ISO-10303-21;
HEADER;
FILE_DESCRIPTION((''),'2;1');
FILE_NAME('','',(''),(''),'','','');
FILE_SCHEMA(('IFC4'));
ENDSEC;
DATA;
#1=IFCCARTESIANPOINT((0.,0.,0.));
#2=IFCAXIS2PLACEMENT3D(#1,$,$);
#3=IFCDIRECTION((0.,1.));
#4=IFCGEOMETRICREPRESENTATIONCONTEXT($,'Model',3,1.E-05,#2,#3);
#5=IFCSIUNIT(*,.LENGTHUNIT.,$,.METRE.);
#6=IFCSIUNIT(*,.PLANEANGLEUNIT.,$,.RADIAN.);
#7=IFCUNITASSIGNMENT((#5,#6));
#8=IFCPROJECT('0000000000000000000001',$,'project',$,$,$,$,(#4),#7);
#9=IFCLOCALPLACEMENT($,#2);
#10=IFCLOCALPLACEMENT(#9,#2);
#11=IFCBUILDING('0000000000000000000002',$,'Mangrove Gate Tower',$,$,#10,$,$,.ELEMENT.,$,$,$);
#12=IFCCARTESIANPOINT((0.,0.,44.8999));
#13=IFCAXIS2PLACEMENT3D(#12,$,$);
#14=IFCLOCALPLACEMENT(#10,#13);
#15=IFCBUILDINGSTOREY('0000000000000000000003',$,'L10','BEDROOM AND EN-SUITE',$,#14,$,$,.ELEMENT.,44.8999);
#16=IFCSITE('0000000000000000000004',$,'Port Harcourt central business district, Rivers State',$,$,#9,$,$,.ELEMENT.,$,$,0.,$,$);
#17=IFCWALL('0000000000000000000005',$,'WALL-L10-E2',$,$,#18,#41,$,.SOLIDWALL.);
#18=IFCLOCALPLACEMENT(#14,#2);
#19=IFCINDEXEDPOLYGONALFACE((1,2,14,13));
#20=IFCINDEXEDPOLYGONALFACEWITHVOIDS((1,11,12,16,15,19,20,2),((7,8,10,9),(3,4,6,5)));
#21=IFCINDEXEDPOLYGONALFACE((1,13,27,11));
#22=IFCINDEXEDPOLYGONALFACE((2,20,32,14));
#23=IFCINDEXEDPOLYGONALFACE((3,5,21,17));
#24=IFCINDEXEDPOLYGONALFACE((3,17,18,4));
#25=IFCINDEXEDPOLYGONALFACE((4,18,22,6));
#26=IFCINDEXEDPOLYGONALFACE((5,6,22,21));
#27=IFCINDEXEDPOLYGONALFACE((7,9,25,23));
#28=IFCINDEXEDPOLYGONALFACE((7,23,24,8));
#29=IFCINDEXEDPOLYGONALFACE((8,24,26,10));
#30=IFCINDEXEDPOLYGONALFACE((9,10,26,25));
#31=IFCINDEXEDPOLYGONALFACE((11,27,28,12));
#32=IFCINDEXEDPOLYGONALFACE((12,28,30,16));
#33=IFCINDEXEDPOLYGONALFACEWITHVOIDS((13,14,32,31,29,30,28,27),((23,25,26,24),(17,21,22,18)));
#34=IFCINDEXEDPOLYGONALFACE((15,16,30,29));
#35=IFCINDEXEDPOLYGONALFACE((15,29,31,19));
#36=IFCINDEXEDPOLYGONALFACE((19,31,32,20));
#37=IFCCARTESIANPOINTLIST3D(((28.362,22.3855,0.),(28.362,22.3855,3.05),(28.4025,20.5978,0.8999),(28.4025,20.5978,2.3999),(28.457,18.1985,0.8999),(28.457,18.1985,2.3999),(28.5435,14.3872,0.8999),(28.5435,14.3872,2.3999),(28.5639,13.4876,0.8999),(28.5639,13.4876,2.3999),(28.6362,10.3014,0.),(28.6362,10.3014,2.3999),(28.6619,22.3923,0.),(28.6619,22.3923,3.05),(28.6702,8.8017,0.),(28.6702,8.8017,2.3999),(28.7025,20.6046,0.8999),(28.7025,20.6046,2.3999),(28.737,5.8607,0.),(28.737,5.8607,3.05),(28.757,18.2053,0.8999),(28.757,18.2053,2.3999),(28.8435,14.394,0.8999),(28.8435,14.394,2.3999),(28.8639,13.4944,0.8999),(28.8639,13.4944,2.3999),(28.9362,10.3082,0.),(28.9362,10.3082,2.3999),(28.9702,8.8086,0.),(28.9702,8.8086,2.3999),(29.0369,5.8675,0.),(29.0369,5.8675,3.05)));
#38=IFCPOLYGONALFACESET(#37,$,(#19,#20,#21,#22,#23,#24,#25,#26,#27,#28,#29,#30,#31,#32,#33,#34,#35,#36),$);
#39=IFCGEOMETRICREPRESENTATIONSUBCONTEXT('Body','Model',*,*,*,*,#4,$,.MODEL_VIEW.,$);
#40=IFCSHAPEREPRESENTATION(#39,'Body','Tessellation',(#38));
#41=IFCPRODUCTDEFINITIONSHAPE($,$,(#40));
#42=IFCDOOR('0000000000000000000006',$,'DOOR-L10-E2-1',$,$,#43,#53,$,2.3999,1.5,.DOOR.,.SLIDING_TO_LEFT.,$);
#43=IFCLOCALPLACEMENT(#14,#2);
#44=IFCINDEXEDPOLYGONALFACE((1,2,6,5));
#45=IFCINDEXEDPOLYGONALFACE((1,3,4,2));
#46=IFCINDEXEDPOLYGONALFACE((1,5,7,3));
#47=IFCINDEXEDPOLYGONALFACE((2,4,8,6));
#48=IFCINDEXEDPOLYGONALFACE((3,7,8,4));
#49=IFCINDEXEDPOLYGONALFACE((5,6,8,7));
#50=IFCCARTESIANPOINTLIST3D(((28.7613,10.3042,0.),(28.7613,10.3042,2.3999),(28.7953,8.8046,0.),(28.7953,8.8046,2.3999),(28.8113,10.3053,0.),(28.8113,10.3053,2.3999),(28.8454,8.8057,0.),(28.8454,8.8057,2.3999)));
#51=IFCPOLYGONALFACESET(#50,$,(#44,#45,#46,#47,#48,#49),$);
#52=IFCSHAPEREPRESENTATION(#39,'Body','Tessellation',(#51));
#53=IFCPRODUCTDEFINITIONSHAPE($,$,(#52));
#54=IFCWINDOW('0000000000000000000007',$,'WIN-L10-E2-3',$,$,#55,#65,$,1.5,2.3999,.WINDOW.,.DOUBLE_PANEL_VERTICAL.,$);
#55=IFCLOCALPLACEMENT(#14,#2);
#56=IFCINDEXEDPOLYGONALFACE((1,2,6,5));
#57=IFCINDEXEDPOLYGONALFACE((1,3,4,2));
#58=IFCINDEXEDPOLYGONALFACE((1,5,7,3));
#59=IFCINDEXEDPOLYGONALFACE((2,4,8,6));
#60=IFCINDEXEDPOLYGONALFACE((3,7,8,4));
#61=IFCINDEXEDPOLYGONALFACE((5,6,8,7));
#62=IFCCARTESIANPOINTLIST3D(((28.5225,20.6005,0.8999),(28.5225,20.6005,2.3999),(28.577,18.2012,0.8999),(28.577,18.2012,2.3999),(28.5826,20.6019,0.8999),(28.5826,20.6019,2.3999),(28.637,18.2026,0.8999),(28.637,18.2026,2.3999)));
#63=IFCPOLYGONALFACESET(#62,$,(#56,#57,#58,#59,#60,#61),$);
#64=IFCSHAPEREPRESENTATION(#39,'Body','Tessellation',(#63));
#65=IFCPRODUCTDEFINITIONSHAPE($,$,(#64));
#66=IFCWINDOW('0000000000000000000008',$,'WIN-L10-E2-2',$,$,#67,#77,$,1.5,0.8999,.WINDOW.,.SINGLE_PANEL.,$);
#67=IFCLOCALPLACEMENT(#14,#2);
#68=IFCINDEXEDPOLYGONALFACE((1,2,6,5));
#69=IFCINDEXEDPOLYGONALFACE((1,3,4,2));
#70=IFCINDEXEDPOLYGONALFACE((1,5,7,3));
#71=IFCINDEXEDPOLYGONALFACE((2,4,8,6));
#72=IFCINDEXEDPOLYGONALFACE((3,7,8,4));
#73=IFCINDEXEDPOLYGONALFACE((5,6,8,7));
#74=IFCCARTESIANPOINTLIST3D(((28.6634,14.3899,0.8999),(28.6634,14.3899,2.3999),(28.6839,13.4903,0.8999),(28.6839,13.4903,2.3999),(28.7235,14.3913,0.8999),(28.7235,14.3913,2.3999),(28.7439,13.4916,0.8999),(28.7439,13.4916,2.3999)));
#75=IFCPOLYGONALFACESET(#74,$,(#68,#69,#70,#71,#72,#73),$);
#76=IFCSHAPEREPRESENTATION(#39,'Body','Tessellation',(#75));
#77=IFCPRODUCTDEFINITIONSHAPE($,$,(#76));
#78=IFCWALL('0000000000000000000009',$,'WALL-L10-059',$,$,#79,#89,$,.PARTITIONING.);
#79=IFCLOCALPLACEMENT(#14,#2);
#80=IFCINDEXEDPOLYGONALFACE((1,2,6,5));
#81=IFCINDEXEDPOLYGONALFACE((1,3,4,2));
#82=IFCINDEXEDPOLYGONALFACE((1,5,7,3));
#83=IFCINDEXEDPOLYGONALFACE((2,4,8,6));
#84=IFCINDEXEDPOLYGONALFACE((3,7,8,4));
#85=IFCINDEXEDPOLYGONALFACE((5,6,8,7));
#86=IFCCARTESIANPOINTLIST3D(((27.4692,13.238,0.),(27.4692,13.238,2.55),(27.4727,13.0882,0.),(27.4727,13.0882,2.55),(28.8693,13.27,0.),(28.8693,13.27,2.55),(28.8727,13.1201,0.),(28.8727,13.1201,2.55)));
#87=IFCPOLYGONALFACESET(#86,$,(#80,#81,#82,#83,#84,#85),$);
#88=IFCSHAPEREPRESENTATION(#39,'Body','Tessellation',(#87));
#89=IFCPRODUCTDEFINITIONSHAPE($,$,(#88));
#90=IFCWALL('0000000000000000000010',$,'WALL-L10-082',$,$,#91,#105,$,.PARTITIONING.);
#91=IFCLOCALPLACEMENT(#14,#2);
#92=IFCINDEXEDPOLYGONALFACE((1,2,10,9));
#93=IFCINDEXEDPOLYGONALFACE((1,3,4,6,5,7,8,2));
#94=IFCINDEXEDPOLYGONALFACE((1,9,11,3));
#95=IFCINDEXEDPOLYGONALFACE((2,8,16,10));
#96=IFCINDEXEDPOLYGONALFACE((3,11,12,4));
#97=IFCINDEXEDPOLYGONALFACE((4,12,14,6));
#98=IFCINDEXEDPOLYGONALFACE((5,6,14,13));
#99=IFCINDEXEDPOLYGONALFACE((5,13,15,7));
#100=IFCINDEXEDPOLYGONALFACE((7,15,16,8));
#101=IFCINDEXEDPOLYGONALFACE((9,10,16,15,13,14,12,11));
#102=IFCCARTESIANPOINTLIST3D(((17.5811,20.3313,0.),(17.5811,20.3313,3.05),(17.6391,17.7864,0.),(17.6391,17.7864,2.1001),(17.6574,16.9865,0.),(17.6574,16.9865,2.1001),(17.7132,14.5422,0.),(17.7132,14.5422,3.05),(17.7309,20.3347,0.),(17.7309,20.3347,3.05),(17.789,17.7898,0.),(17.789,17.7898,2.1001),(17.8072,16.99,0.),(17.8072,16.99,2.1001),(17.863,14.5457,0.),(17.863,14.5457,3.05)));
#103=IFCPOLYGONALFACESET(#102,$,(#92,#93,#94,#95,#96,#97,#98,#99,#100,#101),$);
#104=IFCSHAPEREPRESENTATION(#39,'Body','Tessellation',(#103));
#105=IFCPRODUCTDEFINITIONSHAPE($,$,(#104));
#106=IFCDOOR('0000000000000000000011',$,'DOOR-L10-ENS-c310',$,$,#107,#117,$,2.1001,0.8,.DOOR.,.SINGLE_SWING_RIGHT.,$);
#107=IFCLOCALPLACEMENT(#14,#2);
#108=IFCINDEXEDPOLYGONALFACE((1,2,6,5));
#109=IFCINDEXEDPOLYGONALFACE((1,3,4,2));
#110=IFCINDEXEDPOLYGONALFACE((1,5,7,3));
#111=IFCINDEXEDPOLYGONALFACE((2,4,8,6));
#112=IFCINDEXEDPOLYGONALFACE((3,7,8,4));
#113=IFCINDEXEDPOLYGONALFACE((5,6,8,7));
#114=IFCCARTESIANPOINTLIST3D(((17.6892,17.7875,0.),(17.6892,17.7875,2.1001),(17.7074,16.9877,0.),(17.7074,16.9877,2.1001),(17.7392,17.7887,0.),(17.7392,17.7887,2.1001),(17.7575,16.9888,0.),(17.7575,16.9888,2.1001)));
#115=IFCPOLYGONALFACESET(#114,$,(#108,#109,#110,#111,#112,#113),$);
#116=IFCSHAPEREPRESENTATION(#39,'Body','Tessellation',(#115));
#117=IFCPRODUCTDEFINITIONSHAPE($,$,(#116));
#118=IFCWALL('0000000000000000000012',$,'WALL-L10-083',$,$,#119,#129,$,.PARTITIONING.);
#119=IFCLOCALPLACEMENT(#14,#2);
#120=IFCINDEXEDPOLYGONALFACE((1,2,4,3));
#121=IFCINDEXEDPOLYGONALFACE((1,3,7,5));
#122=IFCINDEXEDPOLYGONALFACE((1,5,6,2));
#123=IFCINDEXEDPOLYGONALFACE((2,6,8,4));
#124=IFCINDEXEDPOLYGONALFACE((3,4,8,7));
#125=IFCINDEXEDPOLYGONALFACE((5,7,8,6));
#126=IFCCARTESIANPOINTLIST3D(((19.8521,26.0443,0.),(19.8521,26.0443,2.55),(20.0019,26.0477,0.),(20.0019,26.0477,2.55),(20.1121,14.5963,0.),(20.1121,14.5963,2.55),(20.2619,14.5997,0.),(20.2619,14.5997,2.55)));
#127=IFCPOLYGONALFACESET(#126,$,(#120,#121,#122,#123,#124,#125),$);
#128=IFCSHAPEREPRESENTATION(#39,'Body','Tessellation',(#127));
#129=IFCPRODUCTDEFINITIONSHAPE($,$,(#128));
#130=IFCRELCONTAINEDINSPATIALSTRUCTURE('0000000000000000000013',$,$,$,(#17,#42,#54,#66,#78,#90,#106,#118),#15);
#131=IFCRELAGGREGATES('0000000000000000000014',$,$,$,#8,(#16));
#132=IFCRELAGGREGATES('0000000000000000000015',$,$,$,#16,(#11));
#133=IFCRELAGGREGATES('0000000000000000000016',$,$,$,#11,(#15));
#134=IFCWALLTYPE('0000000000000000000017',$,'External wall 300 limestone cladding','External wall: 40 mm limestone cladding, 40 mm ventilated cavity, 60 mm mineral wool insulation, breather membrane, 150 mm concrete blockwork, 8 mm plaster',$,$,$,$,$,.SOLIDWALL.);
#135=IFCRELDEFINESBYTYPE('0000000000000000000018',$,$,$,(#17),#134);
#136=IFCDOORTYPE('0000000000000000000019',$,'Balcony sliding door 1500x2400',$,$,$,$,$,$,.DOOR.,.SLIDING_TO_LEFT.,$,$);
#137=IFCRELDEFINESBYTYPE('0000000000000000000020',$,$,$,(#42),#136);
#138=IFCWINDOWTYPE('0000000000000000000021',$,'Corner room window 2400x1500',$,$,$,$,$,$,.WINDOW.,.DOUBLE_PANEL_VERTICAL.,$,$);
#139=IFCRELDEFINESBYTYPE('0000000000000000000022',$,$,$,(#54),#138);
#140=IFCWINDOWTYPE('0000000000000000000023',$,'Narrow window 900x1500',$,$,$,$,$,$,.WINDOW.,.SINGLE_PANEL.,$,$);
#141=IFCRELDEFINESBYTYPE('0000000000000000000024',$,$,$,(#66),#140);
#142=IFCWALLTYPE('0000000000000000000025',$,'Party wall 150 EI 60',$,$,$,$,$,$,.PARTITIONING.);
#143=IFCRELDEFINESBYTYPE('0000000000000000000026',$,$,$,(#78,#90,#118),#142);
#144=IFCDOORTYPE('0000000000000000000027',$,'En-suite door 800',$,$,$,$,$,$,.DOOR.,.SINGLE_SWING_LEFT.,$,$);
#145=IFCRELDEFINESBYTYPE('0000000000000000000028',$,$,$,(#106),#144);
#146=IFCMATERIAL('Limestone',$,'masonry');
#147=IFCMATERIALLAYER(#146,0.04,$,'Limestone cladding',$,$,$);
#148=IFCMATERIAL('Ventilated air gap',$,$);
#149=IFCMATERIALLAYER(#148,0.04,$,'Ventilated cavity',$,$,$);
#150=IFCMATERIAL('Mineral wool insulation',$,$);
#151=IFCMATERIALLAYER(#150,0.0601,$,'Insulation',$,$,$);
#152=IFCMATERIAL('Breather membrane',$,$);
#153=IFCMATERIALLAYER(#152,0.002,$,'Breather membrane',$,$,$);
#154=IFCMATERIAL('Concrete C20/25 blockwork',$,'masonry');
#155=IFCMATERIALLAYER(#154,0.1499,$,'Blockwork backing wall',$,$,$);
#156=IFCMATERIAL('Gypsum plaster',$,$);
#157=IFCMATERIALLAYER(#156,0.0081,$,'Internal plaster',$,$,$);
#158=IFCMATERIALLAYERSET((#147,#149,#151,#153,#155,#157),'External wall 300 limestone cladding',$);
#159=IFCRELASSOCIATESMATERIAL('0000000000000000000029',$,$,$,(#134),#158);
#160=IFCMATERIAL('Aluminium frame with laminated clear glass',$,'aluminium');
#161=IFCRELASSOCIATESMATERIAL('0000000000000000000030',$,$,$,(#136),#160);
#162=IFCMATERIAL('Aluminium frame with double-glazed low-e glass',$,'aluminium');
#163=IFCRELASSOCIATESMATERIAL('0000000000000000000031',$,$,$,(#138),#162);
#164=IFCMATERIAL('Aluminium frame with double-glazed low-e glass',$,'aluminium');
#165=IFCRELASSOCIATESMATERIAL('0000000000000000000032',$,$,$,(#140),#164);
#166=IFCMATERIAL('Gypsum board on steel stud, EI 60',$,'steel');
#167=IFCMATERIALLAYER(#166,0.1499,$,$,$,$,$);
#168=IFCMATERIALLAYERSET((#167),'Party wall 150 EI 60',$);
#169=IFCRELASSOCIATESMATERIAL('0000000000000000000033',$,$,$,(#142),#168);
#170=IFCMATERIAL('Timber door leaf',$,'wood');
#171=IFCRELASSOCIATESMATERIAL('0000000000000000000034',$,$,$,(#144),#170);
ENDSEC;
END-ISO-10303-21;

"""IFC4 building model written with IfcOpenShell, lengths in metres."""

from ifc_helpers import new_model, si_unit, direction, frame, frame_2d, origin, place, context, subcontext, project, spatial, rectangle, extrude, material, layer, layer_set, type_object, element, fill, save


model = new_model("IFC4")

# Units and contexts
model_context = context("Model", 3, precision=1e-05, world=origin(), true_north=direction((0.0, 1.0)))
body_context = subcontext(model_context, "Body", "Model", "MODEL_VIEW")
ifc_project = project(units=[si_unit("LENGTHUNIT", "METRE"), si_unit("PLANEANGLEUNIT", "RADIAN")], contexts=[model_context])

# Site, building, storey
site_placement = place(None, origin())
site = spatial("IfcSite", under=ifc_project, at=site_placement, Name="Port Harcourt central business district, Rivers State", CompositionType="ELEMENT", RefElevation=0.0)
building_placement = place(site_placement, origin())
building = spatial("IfcBuilding", under=site, at=building_placement, Name="Mangrove Gate Tower", CompositionType="ELEMENT")
storey_placement = place(building_placement, frame((0.0, 0.0, 44.8999)))
storey = spatial("IfcBuildingStorey", under=building, at=storey_placement, Name="L10", Description="BEDROOM AND EN-SUITE", CompositionType="ELEMENT", Elevation=44.8999)

# Wall, openings, door, windows
ifc_material_1 = material(Name="Limestone", Category="masonry")
ifc_layer_1 = layer(ifc_material_1, 0.04, Name="Limestone cladding")
ifc_material_2 = material(Name="Ventilated air gap")
ifc_layer_2 = layer(ifc_material_2, 0.04, Name="Ventilated cavity")
ifc_material_3 = material(Name="Mineral wool insulation")
ifc_layer_3 = layer(ifc_material_3, 0.0601, Name="Insulation")
ifc_material_4 = material(Name="Breather membrane")
ifc_layer_4 = layer(ifc_material_4, 0.002, Name="Breather membrane")
ifc_material_5 = material(Name="Concrete C20/25 blockwork", Category="masonry")
ifc_layer_5 = layer(ifc_material_5, 0.1499, Name="Blockwork backing wall")
ifc_material_6 = material(Name="Gypsum plaster")
ifc_layer_6 = layer(ifc_material_6, 0.0081, Name="Internal plaster")
ifc_layer_set_1 = layer_set([ifc_layer_1, ifc_layer_2, ifc_layer_3, ifc_layer_4, ifc_layer_5, ifc_layer_6], Name="External wall 300 limestone cladding")
wall_type_1 = type_object("IfcWallType", Name="External wall 300 limestone cladding", Description="External wall: 40 mm limestone cladding, 40 mm ventilated cavity, 60 mm mineral wool insulation, breather membrane, 150 mm concrete blockwork, 8 mm plaster", PredefinedType="SOLIDWALL", material=ifc_layer_set_1)
wall_1_placement = place(storey_placement, frame((28.887, 5.864, 0.0), z_axis=(0.0, 0.0, 1.0), x_axis=(-0.022687, 0.999743, 0.0)))
wall_1 = element("IfcWall", 1, at=wall_1_placement, inside=storey, type_object=wall_type_1, Name="WALL-L10-E2", PredefinedType="SOLIDWALL", context=body_context, shape_type="SweptSolid", body=[
    extrude(rectangle(XDim=16.5291, YDim=0.3, at=frame_2d((8.2646, 0.0))), origin(), (0.0, 0.0, 1.0), 3.05),
])
opening_1_placement = place(wall_1_placement, frame((2.9419, 0.0, 0.0)))
opening_1 = element("IfcOpeningElement", 2, at=opening_1_placement, cuts=wall_1, PredefinedType="OPENING", context=body_context, shape_type="SweptSolid", body=[
    extrude(rectangle(XDim=1.5, YDim=2.3999, at=frame_2d((0.75, 1.2))), frame((0.0, 0.1599, 0.0), z_axis=(0.0, -1.0, 0.0), x_axis=(1.0, 0.0, 0.0)), (0.0, 0.0, 1.0), 0.3201),
])
opening_2_placement = place(wall_1_placement, frame((7.6289, 0.0, 0.8999)))
opening_2 = element("IfcOpeningElement", 3, at=opening_2_placement, cuts=wall_1, PredefinedType="OPENING", context=body_context, shape_type="SweptSolid", body=[
    extrude(rectangle(XDim=0.8999, YDim=1.5, at=frame_2d((0.45, 0.75))), frame((0.0, 0.1599, 0.0), z_axis=(0.0, -1.0, 0.0), x_axis=(1.0, 0.0, 0.0)), (0.0, 0.0, 1.0), 0.3201),
])
opening_3_placement = place(wall_1_placement, frame((12.3411, 0.0, 0.8999)))
opening_3 = element("IfcOpeningElement", 4, at=opening_3_placement, cuts=wall_1, PredefinedType="OPENING", context=body_context, shape_type="SweptSolid", body=[
    extrude(rectangle(XDim=2.3999, YDim=1.5, at=frame_2d((1.2, 0.75))), frame((0.0, 0.1599, 0.0), z_axis=(0.0, -1.0, 0.0), x_axis=(1.0, 0.0, 0.0)), (0.0, 0.0, 1.0), 0.3201),
])
ifc_material_7 = material(Name="Aluminium frame with laminated clear glass", Category="aluminium")
door_type_1 = type_object("IfcDoorType", Name="Balcony sliding door 1500x2400", OperationType="SLIDING_TO_LEFT", PredefinedType="DOOR", material=ifc_material_7)
door_1_placement = place(opening_1_placement, origin())
door_1 = element("IfcDoor", 5, at=door_1_placement, inside=storey, type_object=door_type_1, Name="DOOR-L10-E2-1", OperationType="SLIDING_TO_LEFT", OverallHeight=2.3999, OverallWidth=1.5, PredefinedType="DOOR", context=body_context, shape_type="SweptSolid", body=[
    extrude(rectangle(XDim=1.5, YDim=2.3999, at=frame_2d((0.75, 1.2))), frame((0.0, 0.0249, 0.0), z_axis=(0.0, -1.0, 0.0), x_axis=(1.0, 0.0, 0.0)), (0.0, 0.0, 1.0), 0.05),
])
fill(opening_1, door_1)
ifc_material_8 = material(Name="Aluminium frame with double-glazed low-e glass", Category="aluminium")
window_type_1 = type_object("IfcWindowType", Name="Corner room window 2400x1500", PartitioningType="DOUBLE_PANEL_VERTICAL", PredefinedType="WINDOW", material=ifc_material_8)
window_1_placement = place(opening_3_placement, origin())
window_1 = element("IfcWindow", 6, at=window_1_placement, inside=storey, type_object=window_type_1, Name="WIN-L10-E2-3", OverallHeight=1.5, OverallWidth=2.3999, PartitioningType="DOUBLE_PANEL_VERTICAL", PredefinedType="WINDOW", context=body_context, shape_type="SweptSolid", body=[
    extrude(rectangle(XDim=2.3999, YDim=1.5, at=frame_2d((1.2, 0.75))), frame((0.0, 0.03, 0.0), z_axis=(0.0, -1.0, 0.0), x_axis=(1.0, 0.0, 0.0)), (0.0, 0.0, 1.0), 0.0601),
])
fill(opening_3, window_1)
ifc_material_9 = material(Name="Aluminium frame with double-glazed low-e glass", Category="aluminium")
window_type_2 = type_object("IfcWindowType", Name="Narrow window 900x1500", PartitioningType="SINGLE_PANEL", PredefinedType="WINDOW", material=ifc_material_9)
window_2_placement = place(opening_2_placement, origin())
window_2 = element("IfcWindow", 7, at=window_2_placement, inside=storey, type_object=window_type_2, Name="WIN-L10-E2-2", OverallHeight=1.5, OverallWidth=0.8999, PartitioningType="SINGLE_PANEL", PredefinedType="WINDOW", context=body_context, shape_type="SweptSolid", body=[
    extrude(rectangle(XDim=0.8999, YDim=1.5, at=frame_2d((0.45, 0.75))), frame((0.0, 0.03, 0.0), z_axis=(0.0, -1.0, 0.0), x_axis=(1.0, 0.0, 0.0)), (0.0, 0.0, 1.0), 0.0601),
])
fill(opening_2, window_2)

# Wall
ifc_material_10 = material(Name="Gypsum board on steel stud, EI 60", Category="steel")
ifc_layer_7 = layer(ifc_material_10, 0.1499)
ifc_layer_set_2 = layer_set([ifc_layer_7], Name="Party wall 150 EI 60")
wall_type_2 = type_object("IfcWallType", Name="Party wall 150 EI 60", PredefinedType="PARTITIONING", material=ifc_layer_set_2)
wall_2_placement = place(storey_placement, frame((27.4709, 13.1631, 0.0), z_axis=(0.0, 0.0, 1.0), x_axis=(0.999739, 0.022836, 0.0)))
element("IfcWall", 8, at=wall_2_placement, inside=storey, type_object=wall_type_2, Name="WALL-L10-059", PredefinedType="PARTITIONING", context=body_context, shape_type="SweptSolid", body=[
    extrude(rectangle(XDim=1.4004, YDim=0.1499, at=frame_2d((0.7002, 0.0))), origin(), (0.0, 0.0, 1.0), 2.55),
])

# Wall, opening, door
wall_3_placement = place(storey_placement, frame((17.7881, 14.5439, 0.0), z_axis=(0.0, 0.0, 1.0), x_axis=(-0.02281, 0.99974, 0.0)))
wall_3 = element("IfcWall", 9, at=wall_3_placement, inside=storey, type_object=wall_type_2, Name="WALL-L10-082", PredefinedType="PARTITIONING", context=body_context, shape_type="SweptSolid", body=[
    extrude(rectangle(XDim=5.7905, YDim=0.1499, at=frame_2d((2.8953, 0.0))), origin(), (0.0, 0.0, 1.0), 3.05),
])
opening_4_placement = place(wall_3_placement, frame((2.4451, 0.0, 0.0)))
opening_4 = element("IfcOpeningElement", 10, at=opening_4_placement, cuts=wall_3, PredefinedType="OPENING", context=body_context, shape_type="SweptSolid", body=[
    extrude(rectangle(XDim=0.8, YDim=2.1001, at=frame_2d((0.3999, 1.05))), frame((0.0, 0.085, 0.0), z_axis=(0.0, -1.0, 0.0), x_axis=(1.0, 0.0, 0.0)), (0.0, 0.0, 1.0), 0.1699),
])
ifc_material_11 = material(Name="Timber door leaf", Category="wood")
door_type_2 = type_object("IfcDoorType", Name="En-suite door 800", OperationType="SINGLE_SWING_LEFT", PredefinedType="DOOR", material=ifc_material_11)
door_2_placement = place(opening_4_placement, origin())
door_2 = element("IfcDoor", 11, at=door_2_placement, inside=storey, type_object=door_type_2, Name="DOOR-L10-ENS-c310", OperationType="SINGLE_SWING_RIGHT", OverallHeight=2.1001, OverallWidth=0.8, PredefinedType="DOOR", context=body_context, shape_type="SweptSolid", body=[
    extrude(rectangle(XDim=0.8, YDim=2.1001, at=frame_2d((0.3999, 1.05))), frame((0.0, 0.0249, 0.0), z_axis=(0.0, -1.0, 0.0), x_axis=(1.0, 0.0, 0.0)), (0.0, 0.0, 1.0), 0.05),
])
fill(opening_4, door_2)

# Wall
wall_4_placement = place(storey_placement, frame((20.187, 14.5979, 0.0), z_axis=(0.0, 0.0, 1.0), x_axis=(-0.022706, 0.999742, 0.0)))
element("IfcWall", 12, at=wall_4_placement, inside=storey, type_object=wall_type_2, Name="WALL-L10-083", PredefinedType="PARTITIONING", context=body_context, shape_type="SweptSolid", body=[
    extrude(rectangle(XDim=11.4509, YDim=0.1499, at=frame_2d((5.7256, 0.0))), origin(), (0.0, 0.0, 1.0), 2.55),
])

save(model, "model.ifc")
